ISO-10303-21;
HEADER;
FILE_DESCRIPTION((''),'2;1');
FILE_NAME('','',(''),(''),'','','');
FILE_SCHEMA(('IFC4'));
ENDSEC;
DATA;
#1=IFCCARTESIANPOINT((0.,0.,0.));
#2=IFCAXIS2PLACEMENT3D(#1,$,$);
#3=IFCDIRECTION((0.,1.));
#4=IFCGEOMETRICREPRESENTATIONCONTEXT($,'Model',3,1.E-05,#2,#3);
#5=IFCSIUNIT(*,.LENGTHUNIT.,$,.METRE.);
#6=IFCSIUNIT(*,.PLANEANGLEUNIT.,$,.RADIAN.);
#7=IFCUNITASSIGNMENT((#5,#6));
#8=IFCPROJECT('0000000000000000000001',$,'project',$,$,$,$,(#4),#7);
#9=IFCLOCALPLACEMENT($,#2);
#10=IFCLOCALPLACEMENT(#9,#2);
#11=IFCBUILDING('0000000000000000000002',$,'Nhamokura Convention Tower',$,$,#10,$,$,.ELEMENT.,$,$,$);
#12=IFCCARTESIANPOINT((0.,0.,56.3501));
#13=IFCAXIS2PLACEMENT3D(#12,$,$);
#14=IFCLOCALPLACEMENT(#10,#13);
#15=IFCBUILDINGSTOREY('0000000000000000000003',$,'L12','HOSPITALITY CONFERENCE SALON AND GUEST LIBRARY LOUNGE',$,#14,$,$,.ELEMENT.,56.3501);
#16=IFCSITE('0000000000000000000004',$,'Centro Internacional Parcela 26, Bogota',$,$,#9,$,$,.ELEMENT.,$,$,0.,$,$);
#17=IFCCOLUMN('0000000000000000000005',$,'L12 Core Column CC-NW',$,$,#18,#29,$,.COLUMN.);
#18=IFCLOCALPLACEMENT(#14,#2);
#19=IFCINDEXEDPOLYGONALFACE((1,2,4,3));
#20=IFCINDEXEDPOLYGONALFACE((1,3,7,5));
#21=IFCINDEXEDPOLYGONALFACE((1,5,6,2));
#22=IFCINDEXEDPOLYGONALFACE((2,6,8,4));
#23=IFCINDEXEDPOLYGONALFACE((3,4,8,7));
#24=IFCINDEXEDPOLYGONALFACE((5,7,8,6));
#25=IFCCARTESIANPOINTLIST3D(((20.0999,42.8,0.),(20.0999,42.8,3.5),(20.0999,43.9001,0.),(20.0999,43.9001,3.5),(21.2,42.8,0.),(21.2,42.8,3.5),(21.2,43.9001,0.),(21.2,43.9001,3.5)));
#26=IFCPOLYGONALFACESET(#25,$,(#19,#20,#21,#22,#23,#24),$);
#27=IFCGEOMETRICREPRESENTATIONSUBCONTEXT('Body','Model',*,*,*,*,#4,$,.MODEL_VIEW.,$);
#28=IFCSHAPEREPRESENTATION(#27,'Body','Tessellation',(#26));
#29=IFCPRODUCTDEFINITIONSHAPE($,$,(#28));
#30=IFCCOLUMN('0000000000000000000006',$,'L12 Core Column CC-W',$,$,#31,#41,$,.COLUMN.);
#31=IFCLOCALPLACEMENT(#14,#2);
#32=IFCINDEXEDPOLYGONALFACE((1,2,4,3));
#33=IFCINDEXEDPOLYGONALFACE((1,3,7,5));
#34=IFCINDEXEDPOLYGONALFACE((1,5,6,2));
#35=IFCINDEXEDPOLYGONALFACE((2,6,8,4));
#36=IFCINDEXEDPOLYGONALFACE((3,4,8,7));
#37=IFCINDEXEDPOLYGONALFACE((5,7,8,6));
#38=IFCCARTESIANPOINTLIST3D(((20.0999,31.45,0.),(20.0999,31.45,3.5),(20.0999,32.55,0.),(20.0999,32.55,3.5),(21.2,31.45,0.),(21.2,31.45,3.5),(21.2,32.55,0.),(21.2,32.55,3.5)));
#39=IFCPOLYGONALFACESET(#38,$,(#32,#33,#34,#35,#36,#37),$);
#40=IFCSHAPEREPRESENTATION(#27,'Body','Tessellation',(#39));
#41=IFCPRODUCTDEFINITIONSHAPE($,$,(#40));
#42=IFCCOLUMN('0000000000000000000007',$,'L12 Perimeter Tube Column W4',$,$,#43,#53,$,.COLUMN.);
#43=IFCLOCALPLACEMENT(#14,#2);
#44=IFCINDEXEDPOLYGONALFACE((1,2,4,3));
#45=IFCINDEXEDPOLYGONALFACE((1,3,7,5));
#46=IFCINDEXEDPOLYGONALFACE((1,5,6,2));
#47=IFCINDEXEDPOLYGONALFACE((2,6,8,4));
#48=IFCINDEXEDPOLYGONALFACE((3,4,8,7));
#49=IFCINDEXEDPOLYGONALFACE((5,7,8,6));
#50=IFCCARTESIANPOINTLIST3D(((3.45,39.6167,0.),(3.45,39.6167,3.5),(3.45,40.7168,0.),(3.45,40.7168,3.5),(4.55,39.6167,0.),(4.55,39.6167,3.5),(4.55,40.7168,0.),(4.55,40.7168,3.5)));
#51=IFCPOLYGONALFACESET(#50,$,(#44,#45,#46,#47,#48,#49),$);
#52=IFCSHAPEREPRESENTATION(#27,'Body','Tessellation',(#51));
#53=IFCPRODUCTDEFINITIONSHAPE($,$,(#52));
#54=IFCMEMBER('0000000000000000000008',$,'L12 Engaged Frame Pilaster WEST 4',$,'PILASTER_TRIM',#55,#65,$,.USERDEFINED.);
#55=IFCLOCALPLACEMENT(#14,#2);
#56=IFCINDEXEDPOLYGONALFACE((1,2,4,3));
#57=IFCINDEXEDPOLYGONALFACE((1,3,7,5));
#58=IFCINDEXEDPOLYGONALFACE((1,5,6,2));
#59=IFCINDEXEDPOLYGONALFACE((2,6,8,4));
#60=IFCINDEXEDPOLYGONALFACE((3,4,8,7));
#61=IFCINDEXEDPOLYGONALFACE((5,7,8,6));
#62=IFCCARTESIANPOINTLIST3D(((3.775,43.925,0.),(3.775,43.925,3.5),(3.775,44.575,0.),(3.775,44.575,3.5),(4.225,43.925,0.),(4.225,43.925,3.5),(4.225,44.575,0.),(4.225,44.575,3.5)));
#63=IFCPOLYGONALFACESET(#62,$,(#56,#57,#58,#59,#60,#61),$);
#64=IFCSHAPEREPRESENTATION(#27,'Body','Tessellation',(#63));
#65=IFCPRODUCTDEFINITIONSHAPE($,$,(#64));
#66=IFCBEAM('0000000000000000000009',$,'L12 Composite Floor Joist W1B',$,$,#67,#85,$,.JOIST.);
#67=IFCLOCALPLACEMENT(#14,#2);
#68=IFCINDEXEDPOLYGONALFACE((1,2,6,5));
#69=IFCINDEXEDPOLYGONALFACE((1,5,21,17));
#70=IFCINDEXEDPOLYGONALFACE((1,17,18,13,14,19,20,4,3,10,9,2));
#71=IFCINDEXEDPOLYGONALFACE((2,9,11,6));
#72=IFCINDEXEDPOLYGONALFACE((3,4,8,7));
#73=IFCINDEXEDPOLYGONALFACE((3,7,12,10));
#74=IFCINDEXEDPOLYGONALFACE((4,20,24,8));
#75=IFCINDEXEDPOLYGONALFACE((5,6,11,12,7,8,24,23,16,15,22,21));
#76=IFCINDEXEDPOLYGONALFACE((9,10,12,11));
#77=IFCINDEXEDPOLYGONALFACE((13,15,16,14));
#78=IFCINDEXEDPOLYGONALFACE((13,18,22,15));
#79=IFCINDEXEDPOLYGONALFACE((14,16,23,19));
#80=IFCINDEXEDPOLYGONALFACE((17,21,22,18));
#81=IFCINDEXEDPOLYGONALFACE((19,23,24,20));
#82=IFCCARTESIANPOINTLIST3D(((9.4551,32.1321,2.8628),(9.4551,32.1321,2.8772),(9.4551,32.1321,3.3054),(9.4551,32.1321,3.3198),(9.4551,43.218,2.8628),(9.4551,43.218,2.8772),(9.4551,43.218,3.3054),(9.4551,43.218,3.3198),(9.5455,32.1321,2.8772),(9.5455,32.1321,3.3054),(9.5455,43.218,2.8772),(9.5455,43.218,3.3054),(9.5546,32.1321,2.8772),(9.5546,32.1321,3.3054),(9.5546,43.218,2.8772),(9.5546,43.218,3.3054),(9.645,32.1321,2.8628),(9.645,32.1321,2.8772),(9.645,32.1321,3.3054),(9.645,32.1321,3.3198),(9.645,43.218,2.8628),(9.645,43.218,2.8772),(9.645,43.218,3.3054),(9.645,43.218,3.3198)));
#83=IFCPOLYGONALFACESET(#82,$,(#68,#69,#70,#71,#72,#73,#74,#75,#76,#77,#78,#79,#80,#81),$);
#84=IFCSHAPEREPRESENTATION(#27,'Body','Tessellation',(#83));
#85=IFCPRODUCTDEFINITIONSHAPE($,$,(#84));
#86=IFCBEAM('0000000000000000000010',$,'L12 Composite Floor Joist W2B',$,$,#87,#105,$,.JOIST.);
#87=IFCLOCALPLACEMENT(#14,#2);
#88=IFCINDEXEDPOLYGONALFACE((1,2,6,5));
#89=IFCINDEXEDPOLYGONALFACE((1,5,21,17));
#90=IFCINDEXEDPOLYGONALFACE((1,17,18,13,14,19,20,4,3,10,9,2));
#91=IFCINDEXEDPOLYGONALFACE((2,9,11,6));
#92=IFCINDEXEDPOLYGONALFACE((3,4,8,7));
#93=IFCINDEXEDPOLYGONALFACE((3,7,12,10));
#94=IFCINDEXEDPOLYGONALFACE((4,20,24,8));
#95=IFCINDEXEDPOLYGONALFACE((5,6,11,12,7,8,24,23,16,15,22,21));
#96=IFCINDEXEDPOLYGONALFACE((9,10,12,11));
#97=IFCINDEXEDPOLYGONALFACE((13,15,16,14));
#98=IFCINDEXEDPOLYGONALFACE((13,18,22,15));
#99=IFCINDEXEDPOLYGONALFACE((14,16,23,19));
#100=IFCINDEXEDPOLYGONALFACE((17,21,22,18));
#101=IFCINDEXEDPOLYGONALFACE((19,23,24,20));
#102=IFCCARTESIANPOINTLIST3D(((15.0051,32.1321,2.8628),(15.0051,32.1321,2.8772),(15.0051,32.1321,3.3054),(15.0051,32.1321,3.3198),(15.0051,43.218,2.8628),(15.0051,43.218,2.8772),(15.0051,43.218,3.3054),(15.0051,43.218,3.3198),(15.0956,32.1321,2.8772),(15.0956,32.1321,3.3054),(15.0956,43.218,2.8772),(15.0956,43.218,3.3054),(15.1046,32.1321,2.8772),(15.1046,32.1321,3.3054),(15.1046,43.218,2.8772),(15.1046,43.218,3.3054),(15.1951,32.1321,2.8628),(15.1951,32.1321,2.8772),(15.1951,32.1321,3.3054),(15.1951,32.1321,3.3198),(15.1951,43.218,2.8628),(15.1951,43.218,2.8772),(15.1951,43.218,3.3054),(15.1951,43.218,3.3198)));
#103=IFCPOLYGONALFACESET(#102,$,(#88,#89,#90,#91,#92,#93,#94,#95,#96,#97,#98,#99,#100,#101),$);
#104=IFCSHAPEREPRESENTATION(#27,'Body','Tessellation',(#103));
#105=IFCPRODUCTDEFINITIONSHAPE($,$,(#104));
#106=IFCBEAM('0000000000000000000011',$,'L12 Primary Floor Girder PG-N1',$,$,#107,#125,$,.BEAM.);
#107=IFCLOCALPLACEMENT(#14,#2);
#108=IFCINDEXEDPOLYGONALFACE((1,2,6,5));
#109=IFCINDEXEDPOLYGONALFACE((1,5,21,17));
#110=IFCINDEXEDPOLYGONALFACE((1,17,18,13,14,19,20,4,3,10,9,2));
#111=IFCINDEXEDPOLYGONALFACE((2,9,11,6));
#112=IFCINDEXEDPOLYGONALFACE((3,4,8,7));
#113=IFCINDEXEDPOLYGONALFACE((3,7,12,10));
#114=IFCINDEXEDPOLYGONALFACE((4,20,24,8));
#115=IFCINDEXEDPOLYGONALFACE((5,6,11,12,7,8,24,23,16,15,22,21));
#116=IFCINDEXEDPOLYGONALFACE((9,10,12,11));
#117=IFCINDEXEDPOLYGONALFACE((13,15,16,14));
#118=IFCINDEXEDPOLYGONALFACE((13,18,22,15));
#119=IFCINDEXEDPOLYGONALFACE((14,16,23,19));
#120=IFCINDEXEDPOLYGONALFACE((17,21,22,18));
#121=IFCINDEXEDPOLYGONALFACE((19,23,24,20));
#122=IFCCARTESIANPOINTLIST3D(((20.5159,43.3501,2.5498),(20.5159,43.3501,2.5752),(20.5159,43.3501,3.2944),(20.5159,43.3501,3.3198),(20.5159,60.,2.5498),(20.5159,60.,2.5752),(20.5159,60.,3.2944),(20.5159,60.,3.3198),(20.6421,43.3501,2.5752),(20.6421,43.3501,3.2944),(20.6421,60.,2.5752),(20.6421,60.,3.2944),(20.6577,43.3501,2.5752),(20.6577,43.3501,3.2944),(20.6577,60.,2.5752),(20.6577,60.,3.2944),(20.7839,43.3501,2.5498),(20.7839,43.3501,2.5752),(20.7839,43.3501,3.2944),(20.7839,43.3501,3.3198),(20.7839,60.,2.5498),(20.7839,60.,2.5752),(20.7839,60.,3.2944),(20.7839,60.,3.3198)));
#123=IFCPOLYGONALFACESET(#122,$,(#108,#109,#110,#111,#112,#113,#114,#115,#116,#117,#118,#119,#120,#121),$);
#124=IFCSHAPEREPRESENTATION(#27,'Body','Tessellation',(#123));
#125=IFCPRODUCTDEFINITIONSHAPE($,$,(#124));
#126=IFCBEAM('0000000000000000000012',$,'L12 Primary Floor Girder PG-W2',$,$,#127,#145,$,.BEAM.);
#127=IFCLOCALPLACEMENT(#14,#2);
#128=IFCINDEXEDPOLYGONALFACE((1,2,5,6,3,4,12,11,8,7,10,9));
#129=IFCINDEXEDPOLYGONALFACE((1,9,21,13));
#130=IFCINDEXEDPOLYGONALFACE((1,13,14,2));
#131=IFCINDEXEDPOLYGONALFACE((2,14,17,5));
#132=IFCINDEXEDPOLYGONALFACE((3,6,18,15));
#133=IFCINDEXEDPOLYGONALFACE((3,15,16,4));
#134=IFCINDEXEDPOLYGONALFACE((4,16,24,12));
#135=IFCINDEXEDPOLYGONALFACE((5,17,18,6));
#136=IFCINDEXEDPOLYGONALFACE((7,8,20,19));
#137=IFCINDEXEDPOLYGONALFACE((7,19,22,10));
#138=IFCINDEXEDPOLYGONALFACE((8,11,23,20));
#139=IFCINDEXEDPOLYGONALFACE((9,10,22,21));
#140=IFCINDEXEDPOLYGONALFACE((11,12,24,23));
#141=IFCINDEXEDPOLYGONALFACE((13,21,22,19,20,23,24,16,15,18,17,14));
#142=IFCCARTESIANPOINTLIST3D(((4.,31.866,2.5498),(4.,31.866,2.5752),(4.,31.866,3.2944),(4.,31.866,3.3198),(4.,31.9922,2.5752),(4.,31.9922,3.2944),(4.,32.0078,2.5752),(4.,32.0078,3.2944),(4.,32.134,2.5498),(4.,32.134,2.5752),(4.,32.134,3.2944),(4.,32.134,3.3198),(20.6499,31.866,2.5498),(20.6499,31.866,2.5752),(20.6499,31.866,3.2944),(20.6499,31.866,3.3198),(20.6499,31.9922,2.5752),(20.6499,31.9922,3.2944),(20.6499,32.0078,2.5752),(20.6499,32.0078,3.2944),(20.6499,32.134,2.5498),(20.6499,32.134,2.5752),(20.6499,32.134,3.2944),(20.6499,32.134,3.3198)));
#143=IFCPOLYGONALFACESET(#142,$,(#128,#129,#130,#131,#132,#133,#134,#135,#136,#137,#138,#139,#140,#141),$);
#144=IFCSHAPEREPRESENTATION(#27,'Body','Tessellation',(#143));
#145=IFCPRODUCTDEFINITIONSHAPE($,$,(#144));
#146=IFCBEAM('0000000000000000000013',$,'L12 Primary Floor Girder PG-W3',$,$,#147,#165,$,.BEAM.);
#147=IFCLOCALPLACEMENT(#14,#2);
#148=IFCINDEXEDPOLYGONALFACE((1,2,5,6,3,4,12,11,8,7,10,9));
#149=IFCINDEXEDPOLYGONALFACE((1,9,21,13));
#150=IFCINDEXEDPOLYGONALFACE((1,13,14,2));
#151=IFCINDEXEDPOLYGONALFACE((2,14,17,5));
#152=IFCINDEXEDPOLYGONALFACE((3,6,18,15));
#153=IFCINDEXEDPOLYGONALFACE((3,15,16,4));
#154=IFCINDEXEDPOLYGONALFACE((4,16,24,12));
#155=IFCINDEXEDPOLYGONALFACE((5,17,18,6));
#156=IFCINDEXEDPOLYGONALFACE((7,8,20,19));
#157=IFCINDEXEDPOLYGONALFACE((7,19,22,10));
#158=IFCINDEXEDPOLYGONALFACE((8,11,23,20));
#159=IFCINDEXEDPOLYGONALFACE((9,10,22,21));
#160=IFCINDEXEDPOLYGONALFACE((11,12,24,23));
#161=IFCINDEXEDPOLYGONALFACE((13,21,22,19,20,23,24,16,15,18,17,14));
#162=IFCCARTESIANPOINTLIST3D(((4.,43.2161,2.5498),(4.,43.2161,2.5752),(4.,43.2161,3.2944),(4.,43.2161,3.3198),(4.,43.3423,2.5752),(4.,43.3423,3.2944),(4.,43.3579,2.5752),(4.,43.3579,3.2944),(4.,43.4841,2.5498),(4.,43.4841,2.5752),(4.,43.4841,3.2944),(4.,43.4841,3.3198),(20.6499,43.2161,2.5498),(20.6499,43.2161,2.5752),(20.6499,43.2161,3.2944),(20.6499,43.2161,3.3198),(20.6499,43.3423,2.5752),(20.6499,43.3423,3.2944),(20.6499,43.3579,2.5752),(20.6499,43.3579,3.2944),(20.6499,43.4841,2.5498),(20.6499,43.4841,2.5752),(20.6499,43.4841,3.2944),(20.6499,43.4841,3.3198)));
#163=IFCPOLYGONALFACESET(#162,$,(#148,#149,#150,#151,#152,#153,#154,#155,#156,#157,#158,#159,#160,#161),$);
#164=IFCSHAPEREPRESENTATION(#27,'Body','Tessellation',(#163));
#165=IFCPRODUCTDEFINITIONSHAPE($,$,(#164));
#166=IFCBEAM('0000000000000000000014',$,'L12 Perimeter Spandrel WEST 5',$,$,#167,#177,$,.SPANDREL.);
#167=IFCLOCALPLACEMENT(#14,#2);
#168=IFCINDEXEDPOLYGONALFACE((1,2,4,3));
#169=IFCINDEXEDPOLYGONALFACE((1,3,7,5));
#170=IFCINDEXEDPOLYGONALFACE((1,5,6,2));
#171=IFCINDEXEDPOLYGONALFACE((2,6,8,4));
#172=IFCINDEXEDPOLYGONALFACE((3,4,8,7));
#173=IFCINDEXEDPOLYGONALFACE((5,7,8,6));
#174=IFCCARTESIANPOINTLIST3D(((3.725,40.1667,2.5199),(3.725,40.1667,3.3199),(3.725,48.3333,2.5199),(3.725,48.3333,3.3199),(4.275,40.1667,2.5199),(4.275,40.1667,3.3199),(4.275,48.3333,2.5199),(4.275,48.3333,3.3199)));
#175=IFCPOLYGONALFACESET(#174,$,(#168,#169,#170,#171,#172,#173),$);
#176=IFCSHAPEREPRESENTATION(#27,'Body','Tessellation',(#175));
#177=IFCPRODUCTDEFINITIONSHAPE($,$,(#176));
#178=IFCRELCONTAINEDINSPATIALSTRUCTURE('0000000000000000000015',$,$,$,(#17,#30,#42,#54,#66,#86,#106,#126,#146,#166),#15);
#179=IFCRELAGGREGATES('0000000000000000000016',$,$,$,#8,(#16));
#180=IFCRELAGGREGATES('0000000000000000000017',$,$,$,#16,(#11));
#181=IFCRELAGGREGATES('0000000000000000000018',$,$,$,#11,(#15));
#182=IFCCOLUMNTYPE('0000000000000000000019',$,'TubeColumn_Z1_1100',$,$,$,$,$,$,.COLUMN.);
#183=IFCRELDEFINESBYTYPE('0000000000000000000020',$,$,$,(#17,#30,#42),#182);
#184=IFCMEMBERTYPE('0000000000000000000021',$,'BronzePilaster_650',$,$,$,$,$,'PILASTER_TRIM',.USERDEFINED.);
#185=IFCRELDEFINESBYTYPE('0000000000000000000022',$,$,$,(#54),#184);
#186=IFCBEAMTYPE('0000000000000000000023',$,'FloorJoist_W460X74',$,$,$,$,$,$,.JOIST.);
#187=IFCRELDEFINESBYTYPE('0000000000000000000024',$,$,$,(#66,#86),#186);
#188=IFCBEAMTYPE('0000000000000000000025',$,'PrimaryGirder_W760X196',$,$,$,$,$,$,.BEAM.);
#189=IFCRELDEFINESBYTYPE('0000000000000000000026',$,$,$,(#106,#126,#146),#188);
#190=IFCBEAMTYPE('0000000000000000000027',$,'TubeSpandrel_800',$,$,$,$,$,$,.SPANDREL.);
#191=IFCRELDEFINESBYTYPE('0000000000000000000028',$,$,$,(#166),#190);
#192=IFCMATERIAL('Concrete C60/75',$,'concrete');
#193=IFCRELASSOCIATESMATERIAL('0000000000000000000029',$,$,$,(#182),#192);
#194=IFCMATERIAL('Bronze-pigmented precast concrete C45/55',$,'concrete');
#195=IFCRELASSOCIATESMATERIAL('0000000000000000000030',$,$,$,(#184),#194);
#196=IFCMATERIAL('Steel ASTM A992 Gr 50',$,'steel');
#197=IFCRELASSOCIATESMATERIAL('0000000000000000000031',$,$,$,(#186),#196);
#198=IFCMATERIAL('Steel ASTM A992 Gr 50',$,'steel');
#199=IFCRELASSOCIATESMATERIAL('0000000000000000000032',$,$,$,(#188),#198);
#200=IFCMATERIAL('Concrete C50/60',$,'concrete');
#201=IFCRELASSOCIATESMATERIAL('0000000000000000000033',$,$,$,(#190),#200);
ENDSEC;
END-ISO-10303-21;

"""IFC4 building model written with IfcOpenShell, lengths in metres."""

from ifc_helpers import new_model, si_unit, direction, frame, origin, origin_2d, place, context, subcontext, project, spatial, rectangle, i_section, extrude, material, material_profile, profile_set, type_object, element, save


model = new_model("IFC4")

# Units and contexts
model_context = context("Model", 3, precision=1e-05, world=origin(), true_north=direction((0.0, 1.0)))
body_context = subcontext(model_context, "Body", "Model", "MODEL_VIEW")
ifc_project = project(units=[si_unit("LENGTHUNIT", "METRE"), si_unit("PLANEANGLEUNIT", "RADIAN")], contexts=[model_context])

# Site, building, storey
site_placement = place(None, origin())
site = spatial("IfcSite", under=ifc_project, at=site_placement, Name="Centro Internacional Parcela 26, Bogota", CompositionType="ELEMENT", RefElevation=0.0)
building_placement = place(site_placement, origin())
building = spatial("IfcBuilding", under=site, at=building_placement, Name="Nhamokura Convention Tower", CompositionType="ELEMENT")
storey_placement = place(building_placement, frame((0.0, 0.0, 56.3501)))
storey = spatial("IfcBuildingStorey", under=building, at=storey_placement, Name="L12", Description="HOSPITALITY CONFERENCE SALON AND GUEST LIBRARY LOUNGE", CompositionType="ELEMENT", Elevation=56.3501)

# Columns
ifc_material_1 = material(Name="Concrete C60/75", Category="concrete")
ifc_material_profile_1 = material_profile(ifc_material_1, rectangle(XDim=1.1001, YDim=1.1001, at=origin_2d()))
ifc_profile_set_1 = profile_set([ifc_material_profile_1], Name="Concrete C60/75")
column_type = type_object("IfcColumnType", Name="TubeColumn_Z1_1100", PredefinedType="COLUMN", material=ifc_profile_set_1)
for number, where, z_axis, x_axis, name in (
    (1, (20.6499, 43.3501, 0.0), (0.0, 0.0, 1.0), (1.0, 0.0, 0.0), "L12 Core Column CC-NW"),
    (2, (20.6499, 32.0, 0.0), (0.0, 0.0, 1.0), (1.0, 0.0, 0.0), "L12 Core Column CC-W"),
    (3, (4.0, 40.1667, 0.0), (0.0, 0.0, 1.0), (1.0, 0.0, 0.0), "L12 Perimeter Tube Column W4"),
):
    element("IfcColumn", number, at=place(storey_placement, frame(where, z_axis=z_axis, x_axis=x_axis)), inside=storey, type_object=column_type, Name=name, PredefinedType="COLUMN", context=body_context, shape_type="SweptSolid", body=[
        extrude(rectangle(XDim=1.1001, YDim=1.1001, at=origin_2d()), origin(), (0.0, 0.0, 1.0), 3.5),
    ])

# Member
ifc_material_2 = material(Name="Bronze-pigmented precast concrete C45/55", Category="concrete")
ifc_material_profile_2 = material_profile(ifc_material_2, rectangle(XDim=0.45, YDim=0.6499, at=origin_2d()))
ifc_profile_set_2 = profile_set([ifc_material_profile_2], Name="Bronze-pigmented precast concrete C45/55")
member_type = type_object("IfcMemberType", Name="BronzePilaster_650", ElementType="PILASTER_TRIM", PredefinedType="USERDEFINED", material=ifc_profile_set_2)
member_placement = place(storey_placement, frame((4.0, 44.25, 0.0), z_axis=(0.0, 0.0, 1.0), x_axis=(1.0, 0.0, 0.0)))
element("IfcMember", 4, at=member_placement, inside=storey, type_object=member_type, Name="L12 Engaged Frame Pilaster WEST 4", ObjectType="PILASTER_TRIM", PredefinedType="USERDEFINED", context=body_context, shape_type="SweptSolid", body=[
    extrude(rectangle(XDim=0.45, YDim=0.6499, at=origin_2d()), origin(), (0.0, 0.0, 1.0), 3.5),
])

# Beams
ifc_material_3 = material(Name="Steel ASTM A992 Gr 50", Category="steel")
ifc_material_profile_3 = material_profile(ifc_material_3, i_section(OverallWidth=0.1899, OverallDepth=0.457, WebThickness=0.009, FlangeThickness=0.0144, at=origin_2d()))
ifc_profile_set_3 = profile_set([ifc_material_profile_3], Name="Steel ASTM A992 Gr 50")
beam_type_1 = type_object("IfcBeamType", Name="FloorJoist_W460X74", PredefinedType="JOIST", material=ifc_profile_set_3)
for number, where, z_axis, x_axis, name in (
    (5, (9.55, 32.1321, 3.0913), (0.0, 1.0, 0.0), (-1.0, 0.0, 0.0), "L12 Composite Floor Joist W1B"),
    (6, (15.1001, 32.1321, 3.0913), (0.0, 1.0, 0.0), (-1.0, 0.0, 0.0), "L12 Composite Floor Joist W2B"),
):
    element("IfcBeam", number, at=place(storey_placement, frame(where, z_axis=z_axis, x_axis=x_axis)), inside=storey, type_object=beam_type_1, Name=name, PredefinedType="JOIST", context=body_context, shape_type="SweptSolid", body=[
        extrude(i_section(OverallWidth=0.1899, OverallDepth=0.457, WebThickness=0.009, FlangeThickness=0.0144, at=origin_2d()), origin(), (0.0, 0.0, 1.0), 11.0859),
    ])
ifc_material_4 = material(Name="Steel ASTM A992 Gr 50", Category="steel")
ifc_material_profile_4 = material_profile(ifc_material_4, i_section(OverallWidth=0.2681, OverallDepth=0.77, WebThickness=0.0156, FlangeThickness=0.0254, at=origin_2d()))
ifc_profile_set_4 = profile_set([ifc_material_profile_4], Name="Steel ASTM A992 Gr 50")
beam_type_2 = type_object("IfcBeamType", Name="PrimaryGirder_W760X196", PredefinedType="BEAM", material=ifc_profile_set_4)
for number, where, z_axis, x_axis, name in (
    (7, (20.6499, 43.3501, 2.9348), (0.0, 1.0, 0.0), (-1.0, 0.0, 0.0), "L12 Primary Floor Girder PG-N1"),
    (8, (4.0, 32.0, 2.9348), (1.0, 0.0, 0.0), (0.0, 1.0, 0.0), "L12 Primary Floor Girder PG-W2"),
    (9, (4.0, 43.3501, 2.9348), (1.0, 0.0, 0.0), (0.0, 1.0, 0.0), "L12 Primary Floor Girder PG-W3"),
):
    element("IfcBeam", number, at=place(storey_placement, frame(where, z_axis=z_axis, x_axis=x_axis)), inside=storey, type_object=beam_type_2, Name=name, PredefinedType="BEAM", context=body_context, shape_type="SweptSolid", body=[
        extrude(i_section(OverallWidth=0.2681, OverallDepth=0.77, WebThickness=0.0156, FlangeThickness=0.0254, at=origin_2d()), origin(), (0.0, 0.0, 1.0), 16.6499),
    ])
ifc_material_5 = material(Name="Concrete C50/60", Category="concrete")
ifc_material_profile_5 = material_profile(ifc_material_5, rectangle(XDim=0.55, YDim=0.8, at=origin_2d()))
ifc_profile_set_5 = profile_set([ifc_material_profile_5], Name="Concrete C50/60")
beam_type_3 = type_object("IfcBeamType", Name="TubeSpandrel_800", PredefinedType="SPANDREL", material=ifc_profile_set_5)
beam_placement = place(storey_placement, frame((4.0, 40.1667, 2.9199), z_axis=(0.0, 1.0, 0.0), x_axis=(-1.0, 0.0, 0.0)))
element("IfcBeam", 10, at=beam_placement, inside=storey, type_object=beam_type_3, Name="L12 Perimeter Spandrel WEST 5", PredefinedType="SPANDREL", context=body_context, shape_type="SweptSolid", body=[
    extrude(rectangle(XDim=0.55, YDim=0.8, at=origin_2d()), origin(), (0.0, 0.0, 1.0), 8.1665),
])

save(model, "model.ifc")
